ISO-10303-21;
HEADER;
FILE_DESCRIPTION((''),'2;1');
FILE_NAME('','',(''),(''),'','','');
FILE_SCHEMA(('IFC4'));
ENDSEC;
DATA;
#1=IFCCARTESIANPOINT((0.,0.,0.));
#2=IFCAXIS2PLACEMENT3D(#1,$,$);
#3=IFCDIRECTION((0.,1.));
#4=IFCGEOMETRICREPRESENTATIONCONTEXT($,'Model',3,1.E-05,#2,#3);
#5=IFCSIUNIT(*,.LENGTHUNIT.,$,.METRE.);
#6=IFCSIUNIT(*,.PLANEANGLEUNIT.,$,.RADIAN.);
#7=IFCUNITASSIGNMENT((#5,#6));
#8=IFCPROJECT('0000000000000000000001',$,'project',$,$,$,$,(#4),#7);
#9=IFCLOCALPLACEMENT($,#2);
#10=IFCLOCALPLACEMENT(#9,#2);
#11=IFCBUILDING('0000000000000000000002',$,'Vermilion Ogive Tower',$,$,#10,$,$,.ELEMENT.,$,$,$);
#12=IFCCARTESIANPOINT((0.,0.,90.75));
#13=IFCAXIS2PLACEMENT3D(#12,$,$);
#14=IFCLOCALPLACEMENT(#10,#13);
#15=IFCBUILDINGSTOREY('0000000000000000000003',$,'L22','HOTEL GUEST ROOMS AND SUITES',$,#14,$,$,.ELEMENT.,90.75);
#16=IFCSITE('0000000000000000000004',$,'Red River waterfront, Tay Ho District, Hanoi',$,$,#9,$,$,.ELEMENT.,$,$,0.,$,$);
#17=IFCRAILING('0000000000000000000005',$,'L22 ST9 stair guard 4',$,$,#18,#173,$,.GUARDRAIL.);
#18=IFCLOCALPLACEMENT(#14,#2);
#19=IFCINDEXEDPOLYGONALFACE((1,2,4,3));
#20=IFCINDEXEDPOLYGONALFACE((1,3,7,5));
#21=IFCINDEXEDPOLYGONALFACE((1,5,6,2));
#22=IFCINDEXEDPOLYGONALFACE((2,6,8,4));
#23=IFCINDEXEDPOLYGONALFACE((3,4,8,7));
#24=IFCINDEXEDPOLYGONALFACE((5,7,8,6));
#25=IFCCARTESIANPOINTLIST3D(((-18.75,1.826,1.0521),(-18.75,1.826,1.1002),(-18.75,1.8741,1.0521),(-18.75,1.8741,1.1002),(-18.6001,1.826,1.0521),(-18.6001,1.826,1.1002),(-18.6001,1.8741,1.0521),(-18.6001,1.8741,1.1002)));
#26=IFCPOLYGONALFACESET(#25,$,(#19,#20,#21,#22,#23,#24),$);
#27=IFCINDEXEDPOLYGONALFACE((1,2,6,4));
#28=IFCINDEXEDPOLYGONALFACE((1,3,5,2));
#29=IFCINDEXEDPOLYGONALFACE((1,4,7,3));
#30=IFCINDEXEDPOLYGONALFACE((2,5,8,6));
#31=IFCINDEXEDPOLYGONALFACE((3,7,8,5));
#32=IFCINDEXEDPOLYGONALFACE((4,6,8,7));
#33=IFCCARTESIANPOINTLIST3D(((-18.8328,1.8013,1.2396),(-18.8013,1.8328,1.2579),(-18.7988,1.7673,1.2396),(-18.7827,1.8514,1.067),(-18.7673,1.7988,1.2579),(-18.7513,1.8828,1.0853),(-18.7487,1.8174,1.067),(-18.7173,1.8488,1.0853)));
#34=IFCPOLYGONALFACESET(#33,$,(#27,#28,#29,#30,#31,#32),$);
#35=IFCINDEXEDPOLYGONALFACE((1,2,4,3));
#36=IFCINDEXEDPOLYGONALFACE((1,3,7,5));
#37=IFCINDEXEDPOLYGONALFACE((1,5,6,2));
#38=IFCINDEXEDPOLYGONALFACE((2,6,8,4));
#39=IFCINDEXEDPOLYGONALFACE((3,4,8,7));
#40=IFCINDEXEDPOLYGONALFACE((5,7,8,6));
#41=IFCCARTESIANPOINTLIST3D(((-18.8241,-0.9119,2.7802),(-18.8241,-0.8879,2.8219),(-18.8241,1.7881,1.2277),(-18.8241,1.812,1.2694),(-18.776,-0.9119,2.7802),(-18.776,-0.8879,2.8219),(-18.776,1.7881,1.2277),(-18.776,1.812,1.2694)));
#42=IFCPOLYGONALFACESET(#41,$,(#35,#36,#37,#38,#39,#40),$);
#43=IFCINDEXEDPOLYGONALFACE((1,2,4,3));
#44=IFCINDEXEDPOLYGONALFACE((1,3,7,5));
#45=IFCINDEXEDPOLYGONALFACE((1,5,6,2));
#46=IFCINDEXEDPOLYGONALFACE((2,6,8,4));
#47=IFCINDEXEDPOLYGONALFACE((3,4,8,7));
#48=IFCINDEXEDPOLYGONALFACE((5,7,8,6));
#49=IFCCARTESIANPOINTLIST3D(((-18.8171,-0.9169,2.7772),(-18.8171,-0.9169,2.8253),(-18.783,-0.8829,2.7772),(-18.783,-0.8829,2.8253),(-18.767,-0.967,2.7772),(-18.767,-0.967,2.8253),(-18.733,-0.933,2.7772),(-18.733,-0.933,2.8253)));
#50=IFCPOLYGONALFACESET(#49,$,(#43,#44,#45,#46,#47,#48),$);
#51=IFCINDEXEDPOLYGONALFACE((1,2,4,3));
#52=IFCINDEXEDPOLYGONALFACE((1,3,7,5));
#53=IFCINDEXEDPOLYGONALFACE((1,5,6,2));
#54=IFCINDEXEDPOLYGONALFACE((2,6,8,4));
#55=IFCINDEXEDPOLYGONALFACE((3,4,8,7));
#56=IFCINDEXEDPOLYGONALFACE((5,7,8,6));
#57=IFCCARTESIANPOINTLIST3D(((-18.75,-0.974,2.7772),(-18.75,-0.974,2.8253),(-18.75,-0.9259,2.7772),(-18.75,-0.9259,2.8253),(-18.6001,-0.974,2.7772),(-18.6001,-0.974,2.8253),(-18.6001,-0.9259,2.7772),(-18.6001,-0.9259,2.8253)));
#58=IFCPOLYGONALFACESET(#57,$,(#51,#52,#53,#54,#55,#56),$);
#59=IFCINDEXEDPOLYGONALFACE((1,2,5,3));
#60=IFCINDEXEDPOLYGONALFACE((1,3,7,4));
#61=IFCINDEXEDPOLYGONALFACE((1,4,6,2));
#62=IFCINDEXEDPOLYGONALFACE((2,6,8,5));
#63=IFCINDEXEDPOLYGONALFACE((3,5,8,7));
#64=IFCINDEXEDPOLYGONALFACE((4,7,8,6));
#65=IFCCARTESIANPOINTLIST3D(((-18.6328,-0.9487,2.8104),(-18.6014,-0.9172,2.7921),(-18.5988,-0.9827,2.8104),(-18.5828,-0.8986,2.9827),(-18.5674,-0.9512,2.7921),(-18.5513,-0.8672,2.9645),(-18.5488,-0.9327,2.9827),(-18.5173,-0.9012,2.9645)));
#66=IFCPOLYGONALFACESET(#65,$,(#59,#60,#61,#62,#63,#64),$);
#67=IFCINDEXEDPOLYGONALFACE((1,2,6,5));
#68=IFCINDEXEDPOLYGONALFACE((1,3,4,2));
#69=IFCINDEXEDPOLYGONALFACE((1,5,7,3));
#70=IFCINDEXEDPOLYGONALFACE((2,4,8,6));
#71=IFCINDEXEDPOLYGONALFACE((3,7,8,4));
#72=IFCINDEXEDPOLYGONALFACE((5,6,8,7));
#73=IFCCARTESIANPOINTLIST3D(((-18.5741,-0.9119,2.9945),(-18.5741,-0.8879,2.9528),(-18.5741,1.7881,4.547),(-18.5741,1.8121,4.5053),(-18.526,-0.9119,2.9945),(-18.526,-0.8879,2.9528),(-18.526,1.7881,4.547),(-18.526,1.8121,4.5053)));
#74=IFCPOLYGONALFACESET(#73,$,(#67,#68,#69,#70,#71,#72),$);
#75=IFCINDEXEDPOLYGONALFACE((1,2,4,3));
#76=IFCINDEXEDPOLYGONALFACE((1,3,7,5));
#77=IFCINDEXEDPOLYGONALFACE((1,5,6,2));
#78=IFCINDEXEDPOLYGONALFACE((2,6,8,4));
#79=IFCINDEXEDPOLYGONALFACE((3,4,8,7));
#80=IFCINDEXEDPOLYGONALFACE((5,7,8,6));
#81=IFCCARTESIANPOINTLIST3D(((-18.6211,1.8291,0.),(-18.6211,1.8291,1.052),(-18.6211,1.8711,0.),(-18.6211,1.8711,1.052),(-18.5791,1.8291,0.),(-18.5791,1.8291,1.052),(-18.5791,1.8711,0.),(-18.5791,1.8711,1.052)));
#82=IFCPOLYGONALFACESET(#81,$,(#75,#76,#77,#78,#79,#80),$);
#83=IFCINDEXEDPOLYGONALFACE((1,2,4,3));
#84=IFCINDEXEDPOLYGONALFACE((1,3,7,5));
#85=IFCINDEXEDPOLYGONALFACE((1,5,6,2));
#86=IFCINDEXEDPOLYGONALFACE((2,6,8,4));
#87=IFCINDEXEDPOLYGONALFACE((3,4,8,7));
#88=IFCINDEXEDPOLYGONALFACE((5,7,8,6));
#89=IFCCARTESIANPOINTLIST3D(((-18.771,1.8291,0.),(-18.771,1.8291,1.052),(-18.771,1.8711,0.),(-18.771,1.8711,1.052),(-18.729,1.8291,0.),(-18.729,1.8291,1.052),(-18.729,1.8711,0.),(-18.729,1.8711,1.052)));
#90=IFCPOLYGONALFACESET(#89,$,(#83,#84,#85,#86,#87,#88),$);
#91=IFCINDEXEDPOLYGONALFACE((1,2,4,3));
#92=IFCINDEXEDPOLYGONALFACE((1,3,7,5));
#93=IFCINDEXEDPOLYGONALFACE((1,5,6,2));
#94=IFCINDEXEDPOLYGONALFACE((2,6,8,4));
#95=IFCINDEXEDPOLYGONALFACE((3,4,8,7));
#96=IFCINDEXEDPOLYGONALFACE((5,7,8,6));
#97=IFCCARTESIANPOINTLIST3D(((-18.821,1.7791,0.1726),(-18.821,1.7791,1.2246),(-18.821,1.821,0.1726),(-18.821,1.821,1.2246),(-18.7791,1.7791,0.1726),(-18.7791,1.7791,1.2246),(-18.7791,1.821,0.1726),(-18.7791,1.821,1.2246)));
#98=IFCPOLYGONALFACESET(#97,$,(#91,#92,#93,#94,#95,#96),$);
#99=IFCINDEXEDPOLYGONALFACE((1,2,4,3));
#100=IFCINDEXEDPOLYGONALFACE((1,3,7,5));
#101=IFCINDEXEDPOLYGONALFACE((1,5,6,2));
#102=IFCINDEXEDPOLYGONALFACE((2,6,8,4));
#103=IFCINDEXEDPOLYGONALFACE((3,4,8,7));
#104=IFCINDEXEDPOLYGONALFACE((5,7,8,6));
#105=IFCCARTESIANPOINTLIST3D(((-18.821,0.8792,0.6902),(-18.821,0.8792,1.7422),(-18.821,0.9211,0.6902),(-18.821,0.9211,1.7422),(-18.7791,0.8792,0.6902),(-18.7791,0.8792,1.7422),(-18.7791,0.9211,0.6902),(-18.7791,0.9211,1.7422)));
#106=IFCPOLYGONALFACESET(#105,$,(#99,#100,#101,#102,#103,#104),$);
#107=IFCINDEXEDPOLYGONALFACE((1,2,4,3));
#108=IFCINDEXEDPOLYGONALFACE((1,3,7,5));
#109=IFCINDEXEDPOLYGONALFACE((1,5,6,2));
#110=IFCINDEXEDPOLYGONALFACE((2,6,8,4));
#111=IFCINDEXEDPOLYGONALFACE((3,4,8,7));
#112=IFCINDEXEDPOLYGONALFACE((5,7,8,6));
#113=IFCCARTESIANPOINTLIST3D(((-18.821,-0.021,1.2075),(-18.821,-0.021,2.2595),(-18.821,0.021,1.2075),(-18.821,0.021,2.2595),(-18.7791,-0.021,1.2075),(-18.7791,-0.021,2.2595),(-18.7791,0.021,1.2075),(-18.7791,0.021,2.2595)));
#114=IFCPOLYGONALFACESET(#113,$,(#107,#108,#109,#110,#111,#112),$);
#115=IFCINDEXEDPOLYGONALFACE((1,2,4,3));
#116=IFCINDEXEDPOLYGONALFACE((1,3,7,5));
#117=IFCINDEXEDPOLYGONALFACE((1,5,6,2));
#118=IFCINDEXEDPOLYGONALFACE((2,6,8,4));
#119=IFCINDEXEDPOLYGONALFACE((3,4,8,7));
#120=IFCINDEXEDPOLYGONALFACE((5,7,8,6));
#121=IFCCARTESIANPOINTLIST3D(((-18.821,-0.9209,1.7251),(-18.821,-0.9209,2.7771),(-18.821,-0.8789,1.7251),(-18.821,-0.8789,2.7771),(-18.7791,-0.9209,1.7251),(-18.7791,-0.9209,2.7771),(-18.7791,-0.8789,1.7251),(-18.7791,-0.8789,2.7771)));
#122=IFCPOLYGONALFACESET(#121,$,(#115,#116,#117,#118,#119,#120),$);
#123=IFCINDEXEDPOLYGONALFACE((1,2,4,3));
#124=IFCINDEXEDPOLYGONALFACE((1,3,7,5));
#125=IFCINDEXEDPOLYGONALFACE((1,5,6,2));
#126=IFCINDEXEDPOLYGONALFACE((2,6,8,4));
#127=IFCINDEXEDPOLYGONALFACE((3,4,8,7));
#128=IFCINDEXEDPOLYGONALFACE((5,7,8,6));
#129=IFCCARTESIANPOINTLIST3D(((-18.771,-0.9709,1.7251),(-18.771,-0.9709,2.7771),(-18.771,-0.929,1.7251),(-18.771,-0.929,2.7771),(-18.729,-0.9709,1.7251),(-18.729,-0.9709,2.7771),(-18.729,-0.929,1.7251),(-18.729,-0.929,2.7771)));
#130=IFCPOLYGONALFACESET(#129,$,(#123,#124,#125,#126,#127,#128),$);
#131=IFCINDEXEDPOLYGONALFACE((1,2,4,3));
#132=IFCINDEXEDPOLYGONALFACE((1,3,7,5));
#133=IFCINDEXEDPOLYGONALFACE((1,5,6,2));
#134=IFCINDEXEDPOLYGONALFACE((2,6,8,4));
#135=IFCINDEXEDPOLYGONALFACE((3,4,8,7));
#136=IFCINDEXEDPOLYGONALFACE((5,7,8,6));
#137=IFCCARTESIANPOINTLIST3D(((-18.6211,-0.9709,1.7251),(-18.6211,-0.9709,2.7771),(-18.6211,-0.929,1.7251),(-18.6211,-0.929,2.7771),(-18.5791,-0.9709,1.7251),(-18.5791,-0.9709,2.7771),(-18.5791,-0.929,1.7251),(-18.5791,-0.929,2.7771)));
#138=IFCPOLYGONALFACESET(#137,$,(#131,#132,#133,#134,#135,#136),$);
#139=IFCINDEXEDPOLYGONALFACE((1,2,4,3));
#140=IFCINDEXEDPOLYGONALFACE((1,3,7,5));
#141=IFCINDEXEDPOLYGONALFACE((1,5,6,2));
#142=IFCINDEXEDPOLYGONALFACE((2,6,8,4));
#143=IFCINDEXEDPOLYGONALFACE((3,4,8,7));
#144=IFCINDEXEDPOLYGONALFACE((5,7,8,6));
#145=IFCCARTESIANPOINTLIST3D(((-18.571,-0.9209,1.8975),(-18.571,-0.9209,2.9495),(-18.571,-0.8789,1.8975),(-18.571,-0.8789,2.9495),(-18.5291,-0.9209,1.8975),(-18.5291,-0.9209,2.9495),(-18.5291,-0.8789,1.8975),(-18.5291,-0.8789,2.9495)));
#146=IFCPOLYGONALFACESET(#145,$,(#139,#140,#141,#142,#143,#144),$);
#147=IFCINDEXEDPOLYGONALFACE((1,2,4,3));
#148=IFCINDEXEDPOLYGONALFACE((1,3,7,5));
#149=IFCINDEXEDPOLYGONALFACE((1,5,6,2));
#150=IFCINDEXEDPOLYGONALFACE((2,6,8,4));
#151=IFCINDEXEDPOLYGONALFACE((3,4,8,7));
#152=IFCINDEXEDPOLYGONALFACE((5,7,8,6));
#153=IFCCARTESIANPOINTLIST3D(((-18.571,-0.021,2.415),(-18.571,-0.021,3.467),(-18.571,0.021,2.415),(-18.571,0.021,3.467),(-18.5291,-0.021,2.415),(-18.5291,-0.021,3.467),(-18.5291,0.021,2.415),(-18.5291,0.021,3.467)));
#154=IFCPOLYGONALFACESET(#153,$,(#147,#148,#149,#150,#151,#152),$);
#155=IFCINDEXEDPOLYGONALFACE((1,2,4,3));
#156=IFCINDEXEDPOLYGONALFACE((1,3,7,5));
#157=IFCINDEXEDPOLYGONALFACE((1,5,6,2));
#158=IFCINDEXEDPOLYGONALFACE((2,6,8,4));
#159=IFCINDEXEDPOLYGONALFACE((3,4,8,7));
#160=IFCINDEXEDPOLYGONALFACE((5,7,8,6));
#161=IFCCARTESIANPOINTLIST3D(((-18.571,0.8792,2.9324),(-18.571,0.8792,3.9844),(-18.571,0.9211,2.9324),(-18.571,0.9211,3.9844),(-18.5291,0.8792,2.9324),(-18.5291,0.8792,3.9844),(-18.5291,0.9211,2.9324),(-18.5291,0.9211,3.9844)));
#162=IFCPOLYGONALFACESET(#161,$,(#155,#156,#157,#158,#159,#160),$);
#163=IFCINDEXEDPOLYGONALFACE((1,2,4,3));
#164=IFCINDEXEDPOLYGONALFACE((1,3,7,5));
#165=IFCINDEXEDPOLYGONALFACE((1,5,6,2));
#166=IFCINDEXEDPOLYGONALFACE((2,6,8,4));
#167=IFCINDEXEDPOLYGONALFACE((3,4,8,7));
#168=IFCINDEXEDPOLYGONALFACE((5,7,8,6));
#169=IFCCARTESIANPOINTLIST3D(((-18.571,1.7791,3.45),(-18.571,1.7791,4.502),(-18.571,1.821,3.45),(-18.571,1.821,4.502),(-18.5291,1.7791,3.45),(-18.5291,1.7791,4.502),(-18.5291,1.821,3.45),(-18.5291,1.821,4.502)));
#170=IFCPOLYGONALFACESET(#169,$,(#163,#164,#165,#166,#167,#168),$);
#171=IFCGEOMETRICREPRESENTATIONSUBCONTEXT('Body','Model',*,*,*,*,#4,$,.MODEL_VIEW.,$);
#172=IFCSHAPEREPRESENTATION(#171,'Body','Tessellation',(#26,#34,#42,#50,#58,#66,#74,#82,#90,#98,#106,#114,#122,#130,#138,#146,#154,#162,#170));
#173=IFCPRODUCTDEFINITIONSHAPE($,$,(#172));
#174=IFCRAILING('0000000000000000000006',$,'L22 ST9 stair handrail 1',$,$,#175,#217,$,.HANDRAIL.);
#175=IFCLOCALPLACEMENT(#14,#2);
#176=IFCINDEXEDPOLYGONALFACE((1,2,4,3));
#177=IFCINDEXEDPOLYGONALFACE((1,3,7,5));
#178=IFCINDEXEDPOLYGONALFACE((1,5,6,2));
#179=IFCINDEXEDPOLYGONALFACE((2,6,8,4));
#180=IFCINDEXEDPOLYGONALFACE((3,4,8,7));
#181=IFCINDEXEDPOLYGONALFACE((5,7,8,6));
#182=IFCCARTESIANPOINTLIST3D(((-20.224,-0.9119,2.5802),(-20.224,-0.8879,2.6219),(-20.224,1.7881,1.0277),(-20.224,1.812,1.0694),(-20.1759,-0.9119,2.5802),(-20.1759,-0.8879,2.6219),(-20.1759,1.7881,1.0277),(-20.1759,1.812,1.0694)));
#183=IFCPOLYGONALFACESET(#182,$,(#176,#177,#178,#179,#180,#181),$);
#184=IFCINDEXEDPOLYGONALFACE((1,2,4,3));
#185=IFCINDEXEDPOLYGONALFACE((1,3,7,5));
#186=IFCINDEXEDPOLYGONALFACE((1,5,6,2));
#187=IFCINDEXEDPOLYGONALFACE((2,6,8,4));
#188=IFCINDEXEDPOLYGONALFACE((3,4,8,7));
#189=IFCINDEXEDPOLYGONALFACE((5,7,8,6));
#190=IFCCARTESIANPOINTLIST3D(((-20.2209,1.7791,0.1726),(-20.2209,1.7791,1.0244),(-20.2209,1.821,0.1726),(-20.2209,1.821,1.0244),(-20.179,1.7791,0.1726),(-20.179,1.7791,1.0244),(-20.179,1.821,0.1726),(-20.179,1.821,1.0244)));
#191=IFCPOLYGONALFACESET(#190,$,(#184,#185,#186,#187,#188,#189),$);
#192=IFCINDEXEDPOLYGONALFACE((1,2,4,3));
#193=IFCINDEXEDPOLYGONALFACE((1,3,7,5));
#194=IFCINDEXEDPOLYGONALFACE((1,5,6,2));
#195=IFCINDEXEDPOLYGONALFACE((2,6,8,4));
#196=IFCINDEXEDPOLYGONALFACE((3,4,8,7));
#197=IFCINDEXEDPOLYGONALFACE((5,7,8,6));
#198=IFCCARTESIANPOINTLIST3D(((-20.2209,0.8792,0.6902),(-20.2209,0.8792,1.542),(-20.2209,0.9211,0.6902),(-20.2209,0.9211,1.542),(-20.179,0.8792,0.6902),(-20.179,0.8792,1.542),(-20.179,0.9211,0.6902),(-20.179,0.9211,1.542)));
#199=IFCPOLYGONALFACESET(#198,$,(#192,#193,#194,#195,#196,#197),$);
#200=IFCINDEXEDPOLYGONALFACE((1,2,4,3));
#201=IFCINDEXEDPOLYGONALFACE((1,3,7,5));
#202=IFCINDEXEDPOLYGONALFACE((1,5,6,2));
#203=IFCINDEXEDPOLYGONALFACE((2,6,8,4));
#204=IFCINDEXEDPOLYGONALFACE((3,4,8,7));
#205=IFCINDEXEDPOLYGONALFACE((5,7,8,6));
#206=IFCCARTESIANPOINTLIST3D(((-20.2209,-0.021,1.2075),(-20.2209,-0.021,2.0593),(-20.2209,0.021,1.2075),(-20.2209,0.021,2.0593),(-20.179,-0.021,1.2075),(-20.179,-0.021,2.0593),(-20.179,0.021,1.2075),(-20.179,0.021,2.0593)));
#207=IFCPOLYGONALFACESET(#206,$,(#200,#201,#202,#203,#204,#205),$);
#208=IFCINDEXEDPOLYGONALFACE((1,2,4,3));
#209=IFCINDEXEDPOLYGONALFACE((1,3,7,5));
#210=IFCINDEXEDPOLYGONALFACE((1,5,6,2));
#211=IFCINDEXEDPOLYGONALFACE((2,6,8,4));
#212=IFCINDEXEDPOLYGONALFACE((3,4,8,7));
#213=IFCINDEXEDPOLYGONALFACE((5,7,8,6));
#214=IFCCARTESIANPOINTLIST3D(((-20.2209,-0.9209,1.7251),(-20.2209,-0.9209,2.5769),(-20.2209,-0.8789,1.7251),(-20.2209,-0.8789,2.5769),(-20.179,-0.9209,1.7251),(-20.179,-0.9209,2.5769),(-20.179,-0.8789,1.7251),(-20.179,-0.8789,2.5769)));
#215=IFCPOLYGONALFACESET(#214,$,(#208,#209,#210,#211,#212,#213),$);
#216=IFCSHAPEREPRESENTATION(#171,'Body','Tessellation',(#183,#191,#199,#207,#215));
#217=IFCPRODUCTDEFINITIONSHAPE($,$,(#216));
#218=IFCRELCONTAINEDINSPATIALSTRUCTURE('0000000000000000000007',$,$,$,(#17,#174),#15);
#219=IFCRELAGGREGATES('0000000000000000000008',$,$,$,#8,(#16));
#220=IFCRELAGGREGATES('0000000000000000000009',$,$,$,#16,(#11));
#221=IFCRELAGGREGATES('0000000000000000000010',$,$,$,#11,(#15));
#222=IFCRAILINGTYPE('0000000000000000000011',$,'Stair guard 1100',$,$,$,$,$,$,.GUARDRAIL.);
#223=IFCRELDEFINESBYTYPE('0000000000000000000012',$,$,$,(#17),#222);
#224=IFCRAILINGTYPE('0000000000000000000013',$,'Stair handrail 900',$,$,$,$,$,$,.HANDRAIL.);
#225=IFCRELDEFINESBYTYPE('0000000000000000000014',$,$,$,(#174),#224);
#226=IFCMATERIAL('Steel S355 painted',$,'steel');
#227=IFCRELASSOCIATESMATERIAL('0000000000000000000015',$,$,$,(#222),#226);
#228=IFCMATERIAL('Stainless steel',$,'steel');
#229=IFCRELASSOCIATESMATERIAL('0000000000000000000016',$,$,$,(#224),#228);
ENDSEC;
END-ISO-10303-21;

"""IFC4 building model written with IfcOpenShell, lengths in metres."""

from ifc_helpers import new_model, si_unit, direction, frame, origin, origin_2d, place, context, subcontext, project, spatial, rectangle, extrude, material, type_object, element, save


model = new_model("IFC4")

# Units and contexts
model_context = context("Model", 3, precision=1e-05, world=origin(), true_north=direction((0.0, 1.0)))
body_context = subcontext(model_context, "Body", "Model", "MODEL_VIEW")
ifc_project = project(units=[si_unit("LENGTHUNIT", "METRE"), si_unit("PLANEANGLEUNIT", "RADIAN")], contexts=[model_context])

# Site, building, storey
site_placement = place(None, origin())
site = spatial("IfcSite", under=ifc_project, at=site_placement, Name="Red River waterfront, Tay Ho District, Hanoi", CompositionType="ELEMENT", RefElevation=0.0)
building_placement = place(site_placement, origin())
building = spatial("IfcBuilding", under=site, at=building_placement, Name="Vermilion Ogive Tower", CompositionType="ELEMENT")
storey_placement = place(building_placement, frame((0.0, 0.0, 90.75)))
storey = spatial("IfcBuildingStorey", under=building, at=storey_placement, Name="L22", Description="HOTEL GUEST ROOMS AND SUITES", CompositionType="ELEMENT", Elevation=90.75)

# Railings
ifc_material_1 = material(Name="Steel S355 painted", Category="steel")
railing_type_1 = type_object("IfcRailingType", Name="Stair guard 1100", PredefinedType="GUARDRAIL", material=ifc_material_1)
railing_1_placement = place(storey_placement, frame((-18.6001, 1.8501, 0.0)))
element("IfcRailing", 1, at=railing_1_placement, inside=storey, type_object=railing_type_1, Name="L22 ST9 stair guard 4", PredefinedType="GUARDRAIL", context=body_context, shape_type="SweptSolid", body=[
    extrude(rectangle(XDim=0.0481, YDim=0.0481, at=origin_2d()), frame((0.0, 0.0, 1.0762), z_axis=(-1.0, 0.0, 0.0), x_axis=(0.0, -1.0, 0.0)), (0.0, 0.0, 1.0), 0.1499),
    extrude(rectangle(XDim=0.0481, YDim=0.0481, at=origin_2d()), frame((-0.1499, 0.0, 1.0762), z_axis=(-0.268278, -0.268278, 0.925232), x_axis=(0.707107, -0.707107, 0.0)), (0.0, 0.0, 1.0), 0.1865),
    extrude(rectangle(XDim=0.0481, YDim=0.0481, at=origin_2d()), frame((-0.2, -0.05, 1.2485), z_axis=(0.0, -0.866904, 0.498476), x_axis=(1.0, 0.0, 0.0)), (0.0, 0.0, 1.0), 3.1145),
    extrude(rectangle(XDim=0.0481, YDim=0.0481, at=origin_2d()), frame((-0.2, -2.75, 2.8013), z_axis=(0.707107, -0.707107, 0.0), x_axis=(0.707107, 0.707107, 0.0)), (0.0, 0.0, 1.0), 0.0708),
    extrude(rectangle(XDim=0.0481, YDim=0.0481, at=origin_2d()), frame((-0.1499, -2.8, 2.8013), z_axis=(1.0, 0.0, 0.0), x_axis=(0.0, 1.0, 0.0)), (0.0, 0.0, 1.0), 0.1499),
    extrude(rectangle(XDim=0.0481, YDim=0.0481, at=origin_2d()), frame((0.0, -2.8, 2.8013), z_axis=(0.268603, 0.268603, 0.925043), x_axis=(-0.707107, 0.707107, 0.0)), (0.0, 0.0, 1.0), 0.1863),
    extrude(rectangle(XDim=0.0481, YDim=0.0481, at=origin_2d()), frame((0.05, -2.75, 2.9736), z_axis=(0.0, 0.866904, 0.498476), x_axis=(-1.0, 0.0, 0.0)), (0.0, 0.0, 1.0), 3.1145),
    extrude(rectangle(XDim=0.042, YDim=0.042, at=origin_2d()), origin(), (0.0, 0.0, 1.0), 1.052),
    extrude(rectangle(XDim=0.042, YDim=0.042, at=origin_2d()), frame((-0.1499, 0.0, 0.0)), (0.0, 0.0, 1.0), 1.052),
    extrude(rectangle(XDim=0.042, YDim=0.042, at=origin_2d()), frame((-0.2, -0.05, 0.1726)), (0.0, 0.0, 1.0), 1.052),
    extrude(rectangle(XDim=0.042, YDim=0.042, at=origin_2d()), frame((-0.2, -0.95, 0.6902)), (0.0, 0.0, 1.0), 1.052),
    extrude(rectangle(XDim=0.042, YDim=0.042, at=origin_2d()), frame((-0.2, -1.8501, 1.2075)), (0.0, 0.0, 1.0), 1.052),
    extrude(rectangle(XDim=0.042, YDim=0.042, at=origin_2d()), frame((-0.2, -2.75, 1.7251)), (0.0, 0.0, 1.0), 1.052),
    extrude(rectangle(XDim=0.042, YDim=0.042, at=origin_2d()), frame((-0.1499, -2.8, 1.7251)), (0.0, 0.0, 1.0), 1.052),
    extrude(rectangle(XDim=0.042, YDim=0.042, at=origin_2d()), frame((0.0, -2.8, 1.7251)), (0.0, 0.0, 1.0), 1.052),
    extrude(rectangle(XDim=0.042, YDim=0.042, at=origin_2d()), frame((0.05, -2.75, 1.8975)), (0.0, 0.0, 1.0), 1.052),
    extrude(rectangle(XDim=0.042, YDim=0.042, at=origin_2d()), frame((0.05, -1.8501, 2.415)), (0.0, 0.0, 1.0), 1.052),
    extrude(rectangle(XDim=0.042, YDim=0.042, at=origin_2d()), frame((0.05, -0.95, 2.9324)), (0.0, 0.0, 1.0), 1.052),
    extrude(rectangle(XDim=0.042, YDim=0.042, at=origin_2d()), frame((0.05, -0.05, 3.45)), (0.0, 0.0, 1.0), 1.052),
])
ifc_material_2 = material(Name="Stainless steel", Category="steel")
railing_type_2 = type_object("IfcRailingType", Name="Stair handrail 900", PredefinedType="HANDRAIL", material=ifc_material_2)
railing_2_placement = place(storey_placement, frame((-20.2, 1.8, 0.1726)))
element("IfcRailing", 2, at=railing_2_placement, inside=storey, type_object=railing_type_2, Name="L22 ST9 stair handrail 1", PredefinedType="HANDRAIL", context=body_context, shape_type="SweptSolid", body=[
    extrude(rectangle(XDim=0.0481, YDim=0.0481, at=origin_2d()), frame((0.0, 0.0, 0.876), z_axis=(0.0, -0.866904, 0.498476), x_axis=(1.0, 0.0, 0.0)), (0.0, 0.0, 1.0), 3.1145),
    extrude(rectangle(XDim=0.042, YDim=0.042, at=origin_2d()), origin(), (0.0, 0.0, 1.0), 0.8518),
    extrude(rectangle(XDim=0.042, YDim=0.042, at=origin_2d()), frame((0.0, -0.8999, 0.5176)), (0.0, 0.0, 1.0), 0.8518),
    extrude(rectangle(XDim=0.042, YDim=0.042, at=origin_2d()), frame((0.0, -1.8, 1.0349)), (0.0, 0.0, 1.0), 0.8518),
    extrude(rectangle(XDim=0.042, YDim=0.042, at=origin_2d()), frame((0.0, -2.7, 1.5525)), (0.0, 0.0, 1.0), 0.8518),
])

save(model, "model.ifc")
